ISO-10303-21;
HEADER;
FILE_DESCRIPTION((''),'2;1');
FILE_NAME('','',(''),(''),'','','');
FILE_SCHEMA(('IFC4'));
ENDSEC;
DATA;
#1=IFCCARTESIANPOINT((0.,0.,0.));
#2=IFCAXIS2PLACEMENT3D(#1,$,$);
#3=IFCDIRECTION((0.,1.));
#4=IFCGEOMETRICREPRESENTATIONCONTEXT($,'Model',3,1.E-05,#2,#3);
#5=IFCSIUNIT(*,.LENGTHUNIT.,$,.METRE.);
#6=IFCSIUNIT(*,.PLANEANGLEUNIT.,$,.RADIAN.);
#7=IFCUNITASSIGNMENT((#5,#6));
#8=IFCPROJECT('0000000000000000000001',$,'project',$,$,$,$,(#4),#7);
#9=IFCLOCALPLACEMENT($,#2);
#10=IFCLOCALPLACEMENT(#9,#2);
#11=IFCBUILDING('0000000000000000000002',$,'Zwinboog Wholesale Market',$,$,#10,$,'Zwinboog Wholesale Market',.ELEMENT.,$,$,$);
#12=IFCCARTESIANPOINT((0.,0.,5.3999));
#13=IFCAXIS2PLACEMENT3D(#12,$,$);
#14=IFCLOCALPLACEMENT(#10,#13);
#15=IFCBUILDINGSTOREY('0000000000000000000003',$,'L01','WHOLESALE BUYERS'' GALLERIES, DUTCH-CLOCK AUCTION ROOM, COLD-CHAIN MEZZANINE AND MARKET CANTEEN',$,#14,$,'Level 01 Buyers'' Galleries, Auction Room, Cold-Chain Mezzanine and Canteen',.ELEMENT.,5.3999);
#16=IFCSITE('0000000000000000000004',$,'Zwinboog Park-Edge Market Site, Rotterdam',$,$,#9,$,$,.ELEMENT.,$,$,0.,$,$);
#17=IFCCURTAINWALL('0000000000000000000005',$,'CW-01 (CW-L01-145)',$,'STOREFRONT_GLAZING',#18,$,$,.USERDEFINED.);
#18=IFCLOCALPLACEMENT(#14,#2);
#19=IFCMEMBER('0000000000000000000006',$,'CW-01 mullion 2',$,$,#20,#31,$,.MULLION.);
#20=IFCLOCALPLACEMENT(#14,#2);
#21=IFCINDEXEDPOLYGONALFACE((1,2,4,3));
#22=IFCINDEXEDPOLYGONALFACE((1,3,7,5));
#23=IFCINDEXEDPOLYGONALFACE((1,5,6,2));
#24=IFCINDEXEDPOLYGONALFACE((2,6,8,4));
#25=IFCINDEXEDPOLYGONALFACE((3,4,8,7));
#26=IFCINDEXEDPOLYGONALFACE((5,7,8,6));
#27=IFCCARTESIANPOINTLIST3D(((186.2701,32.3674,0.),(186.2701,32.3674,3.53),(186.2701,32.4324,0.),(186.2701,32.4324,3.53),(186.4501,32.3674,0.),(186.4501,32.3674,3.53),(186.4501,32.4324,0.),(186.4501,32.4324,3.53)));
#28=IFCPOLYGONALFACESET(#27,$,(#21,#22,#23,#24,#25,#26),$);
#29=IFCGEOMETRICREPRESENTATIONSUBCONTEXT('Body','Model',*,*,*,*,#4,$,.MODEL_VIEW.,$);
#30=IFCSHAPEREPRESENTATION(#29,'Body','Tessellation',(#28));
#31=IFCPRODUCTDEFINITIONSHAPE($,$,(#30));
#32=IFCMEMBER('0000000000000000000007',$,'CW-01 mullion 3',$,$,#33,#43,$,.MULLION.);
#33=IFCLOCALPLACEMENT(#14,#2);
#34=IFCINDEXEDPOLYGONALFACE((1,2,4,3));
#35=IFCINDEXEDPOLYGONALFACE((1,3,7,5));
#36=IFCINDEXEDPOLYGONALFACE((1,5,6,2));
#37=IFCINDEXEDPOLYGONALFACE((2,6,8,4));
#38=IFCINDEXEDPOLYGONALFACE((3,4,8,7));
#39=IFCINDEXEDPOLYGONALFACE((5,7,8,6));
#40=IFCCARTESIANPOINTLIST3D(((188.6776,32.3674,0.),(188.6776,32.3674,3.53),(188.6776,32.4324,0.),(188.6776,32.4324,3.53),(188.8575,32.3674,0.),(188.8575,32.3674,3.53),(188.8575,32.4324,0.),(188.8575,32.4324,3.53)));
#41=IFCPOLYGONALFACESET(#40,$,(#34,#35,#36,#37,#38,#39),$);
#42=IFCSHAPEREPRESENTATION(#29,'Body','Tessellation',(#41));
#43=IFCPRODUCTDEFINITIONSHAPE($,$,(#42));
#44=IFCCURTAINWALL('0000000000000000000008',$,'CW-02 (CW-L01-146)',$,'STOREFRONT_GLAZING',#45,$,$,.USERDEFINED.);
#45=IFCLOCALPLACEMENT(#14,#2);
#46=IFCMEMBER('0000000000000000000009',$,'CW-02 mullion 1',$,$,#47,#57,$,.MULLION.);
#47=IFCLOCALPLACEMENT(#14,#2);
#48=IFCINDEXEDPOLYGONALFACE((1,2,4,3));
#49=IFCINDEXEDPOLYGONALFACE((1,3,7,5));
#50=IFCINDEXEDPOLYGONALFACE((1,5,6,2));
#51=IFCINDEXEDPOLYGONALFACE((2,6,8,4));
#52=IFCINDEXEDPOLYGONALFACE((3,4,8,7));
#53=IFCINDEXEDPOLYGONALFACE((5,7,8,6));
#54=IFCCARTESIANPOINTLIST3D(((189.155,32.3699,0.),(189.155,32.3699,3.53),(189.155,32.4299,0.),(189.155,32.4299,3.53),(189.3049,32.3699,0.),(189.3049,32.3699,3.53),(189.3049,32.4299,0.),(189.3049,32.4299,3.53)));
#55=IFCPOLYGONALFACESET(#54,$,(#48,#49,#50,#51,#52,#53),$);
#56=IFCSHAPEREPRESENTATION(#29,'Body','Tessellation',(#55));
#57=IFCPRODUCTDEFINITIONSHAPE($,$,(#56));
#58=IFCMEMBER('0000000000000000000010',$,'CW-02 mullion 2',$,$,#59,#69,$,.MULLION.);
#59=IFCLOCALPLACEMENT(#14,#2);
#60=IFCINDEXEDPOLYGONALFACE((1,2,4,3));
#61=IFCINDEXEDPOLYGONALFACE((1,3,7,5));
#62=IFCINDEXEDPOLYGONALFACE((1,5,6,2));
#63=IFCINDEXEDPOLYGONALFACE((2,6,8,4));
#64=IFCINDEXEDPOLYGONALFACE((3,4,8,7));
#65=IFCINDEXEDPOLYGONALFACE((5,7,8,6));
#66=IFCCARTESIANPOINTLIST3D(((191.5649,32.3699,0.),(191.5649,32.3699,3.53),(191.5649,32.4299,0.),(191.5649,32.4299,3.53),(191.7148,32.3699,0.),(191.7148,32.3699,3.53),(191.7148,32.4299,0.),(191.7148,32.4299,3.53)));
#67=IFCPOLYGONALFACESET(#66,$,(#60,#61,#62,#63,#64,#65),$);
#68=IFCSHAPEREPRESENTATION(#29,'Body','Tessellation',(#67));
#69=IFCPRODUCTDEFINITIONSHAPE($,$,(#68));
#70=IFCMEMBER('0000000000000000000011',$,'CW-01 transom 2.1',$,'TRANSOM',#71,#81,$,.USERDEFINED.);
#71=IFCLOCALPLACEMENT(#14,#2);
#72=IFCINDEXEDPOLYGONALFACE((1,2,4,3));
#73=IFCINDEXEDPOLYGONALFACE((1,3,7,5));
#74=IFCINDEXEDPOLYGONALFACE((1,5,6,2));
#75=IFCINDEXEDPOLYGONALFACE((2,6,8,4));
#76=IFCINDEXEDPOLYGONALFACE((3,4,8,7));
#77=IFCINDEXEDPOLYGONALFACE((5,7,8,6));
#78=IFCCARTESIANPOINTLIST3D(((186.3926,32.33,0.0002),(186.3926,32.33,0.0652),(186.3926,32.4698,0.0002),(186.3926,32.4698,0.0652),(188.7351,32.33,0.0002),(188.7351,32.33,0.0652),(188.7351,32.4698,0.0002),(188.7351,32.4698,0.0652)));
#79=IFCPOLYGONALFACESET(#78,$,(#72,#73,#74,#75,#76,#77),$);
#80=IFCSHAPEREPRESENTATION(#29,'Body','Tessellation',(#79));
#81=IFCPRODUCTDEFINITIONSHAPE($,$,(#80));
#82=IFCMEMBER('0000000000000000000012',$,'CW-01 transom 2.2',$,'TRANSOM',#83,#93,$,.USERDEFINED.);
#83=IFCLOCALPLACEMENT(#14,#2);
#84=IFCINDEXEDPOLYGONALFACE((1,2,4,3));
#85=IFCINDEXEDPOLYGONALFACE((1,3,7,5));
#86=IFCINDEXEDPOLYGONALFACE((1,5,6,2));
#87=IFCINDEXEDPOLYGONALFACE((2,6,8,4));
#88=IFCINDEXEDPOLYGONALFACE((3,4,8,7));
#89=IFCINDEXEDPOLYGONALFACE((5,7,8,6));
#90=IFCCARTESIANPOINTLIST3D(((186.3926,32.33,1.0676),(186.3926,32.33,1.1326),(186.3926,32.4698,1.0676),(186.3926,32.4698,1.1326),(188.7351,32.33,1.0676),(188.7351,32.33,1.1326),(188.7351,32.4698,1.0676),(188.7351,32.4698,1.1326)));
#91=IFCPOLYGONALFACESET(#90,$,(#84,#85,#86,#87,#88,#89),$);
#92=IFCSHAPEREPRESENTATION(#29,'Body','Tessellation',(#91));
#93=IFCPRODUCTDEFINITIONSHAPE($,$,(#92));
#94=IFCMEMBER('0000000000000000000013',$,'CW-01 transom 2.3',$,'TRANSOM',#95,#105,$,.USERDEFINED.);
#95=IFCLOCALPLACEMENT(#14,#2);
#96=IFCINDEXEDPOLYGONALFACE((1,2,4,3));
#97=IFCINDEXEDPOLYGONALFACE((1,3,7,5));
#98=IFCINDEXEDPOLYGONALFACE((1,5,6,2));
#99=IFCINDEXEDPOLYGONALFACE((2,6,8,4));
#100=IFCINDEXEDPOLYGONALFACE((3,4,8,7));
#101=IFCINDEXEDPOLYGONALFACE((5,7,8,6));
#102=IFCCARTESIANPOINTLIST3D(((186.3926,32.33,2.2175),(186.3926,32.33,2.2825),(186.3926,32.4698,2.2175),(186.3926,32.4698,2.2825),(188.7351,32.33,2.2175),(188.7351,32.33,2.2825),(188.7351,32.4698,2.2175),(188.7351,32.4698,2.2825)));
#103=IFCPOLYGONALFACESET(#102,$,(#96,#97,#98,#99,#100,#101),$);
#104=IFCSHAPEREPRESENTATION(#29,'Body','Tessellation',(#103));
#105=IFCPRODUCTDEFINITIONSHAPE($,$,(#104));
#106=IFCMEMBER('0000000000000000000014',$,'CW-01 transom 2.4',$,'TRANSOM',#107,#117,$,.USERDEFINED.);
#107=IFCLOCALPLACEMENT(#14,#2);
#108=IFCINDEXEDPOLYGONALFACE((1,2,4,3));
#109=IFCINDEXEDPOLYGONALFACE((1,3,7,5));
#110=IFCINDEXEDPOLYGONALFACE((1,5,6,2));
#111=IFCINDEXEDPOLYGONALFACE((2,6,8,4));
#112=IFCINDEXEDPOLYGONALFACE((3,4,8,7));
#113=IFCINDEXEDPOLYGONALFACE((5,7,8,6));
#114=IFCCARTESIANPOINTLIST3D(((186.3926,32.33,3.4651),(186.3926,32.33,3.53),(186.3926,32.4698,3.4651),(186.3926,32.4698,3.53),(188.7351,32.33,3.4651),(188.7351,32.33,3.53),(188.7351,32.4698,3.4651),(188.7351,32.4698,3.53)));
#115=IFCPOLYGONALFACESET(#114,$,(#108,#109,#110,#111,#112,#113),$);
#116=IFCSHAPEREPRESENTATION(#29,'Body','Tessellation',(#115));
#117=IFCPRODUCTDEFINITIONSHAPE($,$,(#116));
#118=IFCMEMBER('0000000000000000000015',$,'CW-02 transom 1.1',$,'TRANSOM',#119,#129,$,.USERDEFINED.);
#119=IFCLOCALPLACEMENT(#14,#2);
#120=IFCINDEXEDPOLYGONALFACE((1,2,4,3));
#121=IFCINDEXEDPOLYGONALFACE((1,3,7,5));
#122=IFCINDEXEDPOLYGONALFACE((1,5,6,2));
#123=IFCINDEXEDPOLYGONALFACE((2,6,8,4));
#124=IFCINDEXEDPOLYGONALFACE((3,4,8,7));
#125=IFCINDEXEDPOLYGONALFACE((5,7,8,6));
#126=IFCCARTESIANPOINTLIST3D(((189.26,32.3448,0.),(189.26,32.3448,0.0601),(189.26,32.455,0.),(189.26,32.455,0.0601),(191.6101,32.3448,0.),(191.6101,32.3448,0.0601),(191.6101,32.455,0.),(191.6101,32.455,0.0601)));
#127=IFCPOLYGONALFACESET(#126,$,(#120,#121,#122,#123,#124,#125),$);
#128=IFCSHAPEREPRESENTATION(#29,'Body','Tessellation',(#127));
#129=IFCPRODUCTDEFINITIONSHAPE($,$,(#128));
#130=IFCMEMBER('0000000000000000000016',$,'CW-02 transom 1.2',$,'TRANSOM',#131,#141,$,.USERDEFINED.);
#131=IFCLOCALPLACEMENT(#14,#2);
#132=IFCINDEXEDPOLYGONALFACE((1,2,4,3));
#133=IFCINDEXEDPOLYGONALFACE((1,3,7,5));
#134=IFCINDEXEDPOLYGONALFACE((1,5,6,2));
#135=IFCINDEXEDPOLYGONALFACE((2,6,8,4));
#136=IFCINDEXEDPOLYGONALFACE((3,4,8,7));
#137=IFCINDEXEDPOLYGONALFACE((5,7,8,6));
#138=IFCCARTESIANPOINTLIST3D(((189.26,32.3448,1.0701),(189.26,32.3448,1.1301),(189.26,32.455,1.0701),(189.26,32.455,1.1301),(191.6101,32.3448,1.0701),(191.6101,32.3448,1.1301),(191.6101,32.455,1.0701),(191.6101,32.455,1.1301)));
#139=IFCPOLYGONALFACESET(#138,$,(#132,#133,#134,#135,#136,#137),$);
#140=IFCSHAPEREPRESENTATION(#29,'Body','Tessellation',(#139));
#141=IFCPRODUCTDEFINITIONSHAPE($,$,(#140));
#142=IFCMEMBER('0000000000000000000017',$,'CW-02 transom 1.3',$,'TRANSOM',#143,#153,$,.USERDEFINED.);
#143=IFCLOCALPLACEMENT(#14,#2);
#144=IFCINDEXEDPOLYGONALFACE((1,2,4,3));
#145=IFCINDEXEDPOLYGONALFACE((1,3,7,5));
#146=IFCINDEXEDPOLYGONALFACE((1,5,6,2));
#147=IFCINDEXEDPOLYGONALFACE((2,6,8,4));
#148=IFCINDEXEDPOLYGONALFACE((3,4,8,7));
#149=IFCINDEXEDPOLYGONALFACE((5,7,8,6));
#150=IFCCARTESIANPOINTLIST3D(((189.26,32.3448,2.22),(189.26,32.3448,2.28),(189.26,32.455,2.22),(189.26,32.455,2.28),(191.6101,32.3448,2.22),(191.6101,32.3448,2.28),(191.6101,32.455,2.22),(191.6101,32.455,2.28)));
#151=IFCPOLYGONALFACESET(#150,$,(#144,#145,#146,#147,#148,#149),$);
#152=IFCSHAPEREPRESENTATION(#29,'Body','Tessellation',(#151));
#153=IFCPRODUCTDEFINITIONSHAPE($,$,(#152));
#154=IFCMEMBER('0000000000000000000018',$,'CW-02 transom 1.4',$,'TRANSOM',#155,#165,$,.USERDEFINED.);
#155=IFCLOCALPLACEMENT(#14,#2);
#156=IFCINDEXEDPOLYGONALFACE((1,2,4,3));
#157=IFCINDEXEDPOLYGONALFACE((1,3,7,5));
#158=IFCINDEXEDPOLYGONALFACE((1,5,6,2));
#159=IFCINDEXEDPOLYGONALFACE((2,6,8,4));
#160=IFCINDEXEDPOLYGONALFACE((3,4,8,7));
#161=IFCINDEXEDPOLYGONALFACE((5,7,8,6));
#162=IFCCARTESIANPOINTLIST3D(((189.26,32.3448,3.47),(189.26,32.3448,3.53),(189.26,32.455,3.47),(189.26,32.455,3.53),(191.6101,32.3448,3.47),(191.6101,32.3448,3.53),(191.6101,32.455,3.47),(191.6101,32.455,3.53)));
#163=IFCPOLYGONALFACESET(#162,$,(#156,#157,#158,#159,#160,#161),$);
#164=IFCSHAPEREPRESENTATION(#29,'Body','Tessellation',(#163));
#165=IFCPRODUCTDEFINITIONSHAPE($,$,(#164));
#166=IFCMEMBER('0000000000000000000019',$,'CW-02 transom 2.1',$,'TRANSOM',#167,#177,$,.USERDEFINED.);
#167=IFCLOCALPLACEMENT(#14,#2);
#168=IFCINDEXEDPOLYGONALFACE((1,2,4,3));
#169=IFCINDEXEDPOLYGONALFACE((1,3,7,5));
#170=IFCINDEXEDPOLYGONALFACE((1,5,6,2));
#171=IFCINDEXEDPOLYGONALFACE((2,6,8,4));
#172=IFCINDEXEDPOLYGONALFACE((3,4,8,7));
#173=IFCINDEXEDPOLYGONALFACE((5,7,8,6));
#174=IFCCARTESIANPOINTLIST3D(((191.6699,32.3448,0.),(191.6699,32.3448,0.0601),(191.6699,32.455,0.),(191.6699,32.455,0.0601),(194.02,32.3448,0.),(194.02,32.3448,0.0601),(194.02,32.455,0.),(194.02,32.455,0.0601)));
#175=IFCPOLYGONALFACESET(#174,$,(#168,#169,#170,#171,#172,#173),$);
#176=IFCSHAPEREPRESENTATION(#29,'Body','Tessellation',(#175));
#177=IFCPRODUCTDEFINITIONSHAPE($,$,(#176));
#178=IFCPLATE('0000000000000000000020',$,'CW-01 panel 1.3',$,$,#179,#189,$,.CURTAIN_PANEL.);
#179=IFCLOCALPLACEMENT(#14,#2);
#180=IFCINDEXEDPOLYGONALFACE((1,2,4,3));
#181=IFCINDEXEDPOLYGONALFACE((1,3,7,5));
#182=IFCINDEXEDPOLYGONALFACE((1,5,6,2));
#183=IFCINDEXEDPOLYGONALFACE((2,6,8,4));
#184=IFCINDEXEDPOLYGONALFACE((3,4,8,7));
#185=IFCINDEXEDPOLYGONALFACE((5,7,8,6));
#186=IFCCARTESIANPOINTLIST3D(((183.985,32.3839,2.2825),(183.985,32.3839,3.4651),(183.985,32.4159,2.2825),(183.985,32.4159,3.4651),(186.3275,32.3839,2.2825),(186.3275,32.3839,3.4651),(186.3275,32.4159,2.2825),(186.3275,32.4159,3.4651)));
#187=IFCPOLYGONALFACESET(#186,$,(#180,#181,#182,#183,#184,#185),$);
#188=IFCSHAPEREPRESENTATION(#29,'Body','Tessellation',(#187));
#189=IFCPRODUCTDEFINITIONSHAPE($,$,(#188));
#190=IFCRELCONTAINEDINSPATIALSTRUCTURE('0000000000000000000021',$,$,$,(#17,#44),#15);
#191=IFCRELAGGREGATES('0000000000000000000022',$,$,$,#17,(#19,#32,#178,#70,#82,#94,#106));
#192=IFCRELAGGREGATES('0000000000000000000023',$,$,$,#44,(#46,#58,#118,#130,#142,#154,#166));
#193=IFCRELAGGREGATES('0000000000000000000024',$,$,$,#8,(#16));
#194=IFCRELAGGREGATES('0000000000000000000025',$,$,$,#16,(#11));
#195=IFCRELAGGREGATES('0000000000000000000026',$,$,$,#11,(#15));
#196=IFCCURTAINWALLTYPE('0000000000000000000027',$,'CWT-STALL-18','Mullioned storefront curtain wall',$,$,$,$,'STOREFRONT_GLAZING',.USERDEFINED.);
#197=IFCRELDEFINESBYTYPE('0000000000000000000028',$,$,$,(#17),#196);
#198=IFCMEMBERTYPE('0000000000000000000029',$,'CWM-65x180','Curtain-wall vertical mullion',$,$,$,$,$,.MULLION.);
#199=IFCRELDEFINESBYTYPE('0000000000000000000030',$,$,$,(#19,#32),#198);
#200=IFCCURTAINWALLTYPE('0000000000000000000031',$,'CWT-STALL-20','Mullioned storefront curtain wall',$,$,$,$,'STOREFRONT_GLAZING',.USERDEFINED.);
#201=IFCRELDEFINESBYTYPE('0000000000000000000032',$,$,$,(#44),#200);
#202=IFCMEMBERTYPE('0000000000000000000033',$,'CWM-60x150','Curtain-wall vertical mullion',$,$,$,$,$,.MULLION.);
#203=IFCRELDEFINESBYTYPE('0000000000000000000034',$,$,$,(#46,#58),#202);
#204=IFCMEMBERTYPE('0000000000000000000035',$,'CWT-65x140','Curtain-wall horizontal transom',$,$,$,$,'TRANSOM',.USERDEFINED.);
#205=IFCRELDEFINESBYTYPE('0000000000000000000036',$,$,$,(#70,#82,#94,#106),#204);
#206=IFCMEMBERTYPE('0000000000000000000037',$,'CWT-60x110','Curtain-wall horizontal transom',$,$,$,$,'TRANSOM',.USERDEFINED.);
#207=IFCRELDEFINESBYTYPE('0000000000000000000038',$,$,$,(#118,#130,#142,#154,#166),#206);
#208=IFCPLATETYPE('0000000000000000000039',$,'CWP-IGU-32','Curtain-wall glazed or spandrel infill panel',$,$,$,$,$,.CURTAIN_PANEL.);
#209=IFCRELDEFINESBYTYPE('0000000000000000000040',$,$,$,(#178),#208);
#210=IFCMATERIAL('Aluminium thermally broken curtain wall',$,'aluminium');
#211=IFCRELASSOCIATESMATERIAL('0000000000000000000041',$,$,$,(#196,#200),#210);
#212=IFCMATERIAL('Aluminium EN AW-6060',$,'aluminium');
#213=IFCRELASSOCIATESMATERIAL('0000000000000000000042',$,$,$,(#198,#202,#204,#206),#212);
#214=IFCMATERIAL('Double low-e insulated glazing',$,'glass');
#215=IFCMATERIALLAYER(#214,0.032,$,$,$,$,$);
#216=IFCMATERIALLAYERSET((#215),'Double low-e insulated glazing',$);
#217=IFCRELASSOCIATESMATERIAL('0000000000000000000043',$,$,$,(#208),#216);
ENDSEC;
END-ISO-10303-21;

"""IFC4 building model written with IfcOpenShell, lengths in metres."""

from ifc_helpers import new_model, si_unit, direction, frame, origin, origin_2d, place, context, subcontext, project, spatial, rectangle, extrude, material, layer, layer_set, material_profile, profile_set, type_object, element, aggregate, save


model = new_model("IFC4")

# Units and contexts
model_context = context("Model", 3, precision=1e-05, world=origin(), true_north=direction((0.0, 1.0)))
body_context = subcontext(model_context, "Body", "Model", "MODEL_VIEW")
ifc_project = project(units=[si_unit("LENGTHUNIT", "METRE"), si_unit("PLANEANGLEUNIT", "RADIAN")], contexts=[model_context])

# Site, building, storey
site_placement = place(None, origin())
site = spatial("IfcSite", under=ifc_project, at=site_placement, Name="Zwinboog Park-Edge Market Site, Rotterdam", CompositionType="ELEMENT", RefElevation=0.0)
building_placement = place(site_placement, origin())
building = spatial("IfcBuilding", under=site, at=building_placement, Name="Zwinboog Wholesale Market", LongName="Zwinboog Wholesale Market", CompositionType="ELEMENT")
storey_placement = place(building_placement, frame((0.0, 0.0, 5.3999)))
storey = spatial("IfcBuildingStorey", under=building, at=storey_placement, Name="L01", Description="WHOLESALE BUYERS' GALLERIES, DUTCH-CLOCK AUCTION ROOM, COLD-CHAIN MEZZANINE AND MARKET CANTEEN", LongName="Level 01 Buyers' Galleries, Auction Room, Cold-Chain Mezzanine and Canteen", CompositionType="ELEMENT", Elevation=5.3999)

# Curtain walls, members
ifc_material_1 = material(Name="Aluminium thermally broken curtain wall", Category="aluminium")
curtain_wall_type_1 = type_object("IfcCurtainWallType", Name="CWT-STALL-18", Description="Mullioned storefront curtain wall", ElementType="STOREFRONT_GLAZING", PredefinedType="USERDEFINED", material=ifc_material_1)
curtain_wall_1_placement = place(storey_placement, origin())
curtain_wall_1 = element("IfcCurtainWall", 1, at=curtain_wall_1_placement, inside=storey, type_object=curtain_wall_type_1, Name="CW-01 (CW-L01-145)", ObjectType="STOREFRONT_GLAZING", PredefinedType="USERDEFINED")
ifc_material_2 = material(Name="Aluminium EN AW-6060", Category="aluminium")
ifc_material_profile_1 = material_profile(ifc_material_2, rectangle(XDim=0.0649, YDim=0.1799, at=origin_2d()), Name="AL 65x180")
ifc_profile_set_1 = profile_set([ifc_material_profile_1], Name="Aluminium EN AW-6060")
member_type_1 = type_object("IfcMemberType", Name="CWM-65x180", Description="Curtain-wall vertical mullion", PredefinedType="MULLION", material=ifc_profile_set_1)
member_1_placement = place(storey_placement, frame((186.3601, 32.3999, 0.0), z_axis=(0.0, 0.0, 1.0), x_axis=(0.0, 1.0, 0.0)))
member_1 = element("IfcMember", 2, at=member_1_placement, type_object=member_type_1, Name="CW-01 mullion 2", PredefinedType="MULLION", context=body_context, shape_type="SweptSolid", body=[
    extrude(rectangle(XDim=0.0649, YDim=0.1799, at=origin_2d()), origin(), (0.0, 0.0, 1.0), 3.53),
])
member_2_placement = place(storey_placement, frame((188.7676, 32.3999, 0.0), z_axis=(0.0, 0.0, 1.0), x_axis=(0.0, 1.0, 0.0)))
member_2 = element("IfcMember", 3, at=member_2_placement, type_object=member_type_1, Name="CW-01 mullion 3", PredefinedType="MULLION", context=body_context, shape_type="SweptSolid", body=[
    extrude(rectangle(XDim=0.0649, YDim=0.1799, at=origin_2d()), origin(), (0.0, 0.0, 1.0), 3.53),
])
curtain_wall_type_2 = type_object("IfcCurtainWallType", Name="CWT-STALL-20", Description="Mullioned storefront curtain wall", ElementType="STOREFRONT_GLAZING", PredefinedType="USERDEFINED", material=ifc_material_1)
curtain_wall_2_placement = place(storey_placement, origin())
curtain_wall_2 = element("IfcCurtainWall", 4, at=curtain_wall_2_placement, inside=storey, type_object=curtain_wall_type_2, Name="CW-02 (CW-L01-146)", ObjectType="STOREFRONT_GLAZING", PredefinedType="USERDEFINED")
ifc_material_profile_2 = material_profile(ifc_material_2, rectangle(XDim=0.0601, YDim=0.1499, at=origin_2d()), Name="AL 60x150")
ifc_profile_set_2 = profile_set([ifc_material_profile_2], Name="Aluminium EN AW-6060")
member_type_2 = type_object("IfcMemberType", Name="CWM-60x150", Description="Curtain-wall vertical mullion", PredefinedType="MULLION", material=ifc_profile_set_2)
member_3_placement = place(storey_placement, frame((189.23, 32.3999, 0.0), z_axis=(0.0, 0.0, 1.0), x_axis=(0.0, 1.0, 0.0)))
member_3 = element("IfcMember", 5, at=member_3_placement, type_object=member_type_2, Name="CW-02 mullion 1", PredefinedType="MULLION", context=body_context, shape_type="SweptSolid", body=[
    extrude(rectangle(XDim=0.0601, YDim=0.1499, at=origin_2d()), origin(), (0.0, 0.0, 1.0), 3.53),
])
member_4_placement = place(storey_placement, frame((191.6399, 32.3999, 0.0), z_axis=(0.0, 0.0, 1.0), x_axis=(0.0, 1.0, 0.0)))
member_4 = element("IfcMember", 6, at=member_4_placement, type_object=member_type_2, Name="CW-02 mullion 2", PredefinedType="MULLION", context=body_context, shape_type="SweptSolid", body=[
    extrude(rectangle(XDim=0.0601, YDim=0.1499, at=origin_2d()), origin(), (0.0, 0.0, 1.0), 3.53),
])

# Members
ifc_material_profile_3 = material_profile(ifc_material_2, rectangle(XDim=0.1399, YDim=0.0649, at=origin_2d()), Name="AL 65x140")
ifc_profile_set_3 = profile_set([ifc_material_profile_3], Name="Aluminium EN AW-6060")
member_type_3 = type_object("IfcMemberType", Name="CWT-65x140", Description="Curtain-wall horizontal transom", ElementType="TRANSOM", PredefinedType="USERDEFINED", material=ifc_profile_set_3)
member_5_placement = place(storey_placement, frame((186.3926, 32.3999, 0.0327), z_axis=(1.0, 0.0, 0.0), x_axis=(0.0, 1.0, 0.0)))
member_5 = element("IfcMember", 7, at=member_5_placement, type_object=member_type_3, Name="CW-01 transom 2.1", ObjectType="TRANSOM", PredefinedType="USERDEFINED", context=body_context, shape_type="SweptSolid", body=[
    extrude(rectangle(XDim=0.1399, YDim=0.0649, at=origin_2d()), origin(), (0.0, 0.0, 1.0), 2.3425),
])
member_6_placement = place(storey_placement, frame((186.3926, 32.3999, 1.1001), z_axis=(1.0, 0.0, 0.0), x_axis=(0.0, 1.0, 0.0)))
member_6 = element("IfcMember", 8, at=member_6_placement, type_object=member_type_3, Name="CW-01 transom 2.2", ObjectType="TRANSOM", PredefinedType="USERDEFINED", context=body_context, shape_type="SweptSolid", body=[
    extrude(rectangle(XDim=0.1399, YDim=0.0649, at=origin_2d()), origin(), (0.0, 0.0, 1.0), 2.3425),
])
member_7_placement = place(storey_placement, frame((186.3926, 32.3999, 2.25), z_axis=(1.0, 0.0, 0.0), x_axis=(0.0, 1.0, 0.0)))
member_7 = element("IfcMember", 9, at=member_7_placement, type_object=member_type_3, Name="CW-01 transom 2.3", ObjectType="TRANSOM", PredefinedType="USERDEFINED", context=body_context, shape_type="SweptSolid", body=[
    extrude(rectangle(XDim=0.1399, YDim=0.0649, at=origin_2d()), origin(), (0.0, 0.0, 1.0), 2.3425),
])
member_8_placement = place(storey_placement, frame((186.3926, 32.3999, 3.4976), z_axis=(1.0, 0.0, 0.0), x_axis=(0.0, 1.0, 0.0)))
member_8 = element("IfcMember", 10, at=member_8_placement, type_object=member_type_3, Name="CW-01 transom 2.4", ObjectType="TRANSOM", PredefinedType="USERDEFINED", context=body_context, shape_type="SweptSolid", body=[
    extrude(rectangle(XDim=0.1399, YDim=0.0649, at=origin_2d()), origin(), (0.0, 0.0, 1.0), 2.3425),
])
ifc_material_profile_4 = material_profile(ifc_material_2, rectangle(XDim=0.1101, YDim=0.0601, at=origin_2d()), Name="AL 60x110")
ifc_profile_set_4 = profile_set([ifc_material_profile_4], Name="Aluminium EN AW-6060")
member_type_4 = type_object("IfcMemberType", Name="CWT-60x110", Description="Curtain-wall horizontal transom", ElementType="TRANSOM", PredefinedType="USERDEFINED", material=ifc_profile_set_4)
member_9_placement = place(storey_placement, frame((189.26, 32.3999, 0.03), z_axis=(1.0, 0.0, 0.0), x_axis=(0.0, 1.0, 0.0)))
member_9 = element("IfcMember", 11, at=member_9_placement, type_object=member_type_4, Name="CW-02 transom 1.1", ObjectType="TRANSOM", PredefinedType="USERDEFINED", context=body_context, shape_type="SweptSolid", body=[
    extrude(rectangle(XDim=0.1101, YDim=0.0601, at=origin_2d()), origin(), (0.0, 0.0, 1.0), 2.3501),
])
member_10_placement = place(storey_placement, frame((189.26, 32.3999, 1.1001), z_axis=(1.0, 0.0, 0.0), x_axis=(0.0, 1.0, 0.0)))
member_10 = element("IfcMember", 12, at=member_10_placement, type_object=member_type_4, Name="CW-02 transom 1.2", ObjectType="TRANSOM", PredefinedType="USERDEFINED", context=body_context, shape_type="SweptSolid", body=[
    extrude(rectangle(XDim=0.1101, YDim=0.0601, at=origin_2d()), origin(), (0.0, 0.0, 1.0), 2.3501),
])
member_11_placement = place(storey_placement, frame((189.26, 32.3999, 2.25), z_axis=(1.0, 0.0, 0.0), x_axis=(0.0, 1.0, 0.0)))
member_11 = element("IfcMember", 13, at=member_11_placement, type_object=member_type_4, Name="CW-02 transom 1.3", ObjectType="TRANSOM", PredefinedType="USERDEFINED", context=body_context, shape_type="SweptSolid", body=[
    extrude(rectangle(XDim=0.1101, YDim=0.0601, at=origin_2d()), origin(), (0.0, 0.0, 1.0), 2.3501),
])
member_12_placement = place(storey_placement, frame((189.26, 32.3999, 3.5), z_axis=(1.0, 0.0, 0.0), x_axis=(0.0, 1.0, 0.0)))
member_12 = element("IfcMember", 14, at=member_12_placement, type_object=member_type_4, Name="CW-02 transom 1.4", ObjectType="TRANSOM", PredefinedType="USERDEFINED", context=body_context, shape_type="SweptSolid", body=[
    extrude(rectangle(XDim=0.1101, YDim=0.0601, at=origin_2d()), origin(), (0.0, 0.0, 1.0), 2.3501),
])
member_13_placement = place(storey_placement, frame((191.6699, 32.3999, 0.03), z_axis=(1.0, 0.0, 0.0), x_axis=(0.0, 1.0, 0.0)))
member_13 = element("IfcMember", 15, at=member_13_placement, type_object=member_type_4, Name="CW-02 transom 2.1", ObjectType="TRANSOM", PredefinedType="USERDEFINED", context=body_context, shape_type="SweptSolid", body=[
    extrude(rectangle(XDim=0.1101, YDim=0.0601, at=origin_2d()), origin(), (0.0, 0.0, 1.0), 2.3501),
])

# Plate
ifc_material_3 = material(Name="Double low-e insulated glazing", Category="glass")
ifc_layer_1 = layer(ifc_material_3, 0.032)
ifc_layer_set_1 = layer_set([ifc_layer_1], Name="Double low-e insulated glazing")
plate_type = type_object("IfcPlateType", Name="CWP-IGU-32", Description="Curtain-wall glazed or spandrel infill panel", PredefinedType="CURTAIN_PANEL", material=ifc_layer_set_1)
plate_1_placement = place(storey_placement, frame((185.1562, 32.3999, 2.2825), z_axis=(0.0, 0.0, 1.0), x_axis=(1.0, 0.0, 0.0)))
plate_1 = element("IfcPlate", 16, at=plate_1_placement, type_object=plate_type, Name="CW-01 panel 1.3", PredefinedType="CURTAIN_PANEL", context=body_context, shape_type="SweptSolid", body=[
    extrude(rectangle(XDim=2.3425, YDim=0.032, at=origin_2d()), origin(), (0.0, 0.0, 1.0), 1.1826),
])
aggregate(curtain_wall_1, [member_1, member_2, plate_1, member_5, member_6, member_7, member_8])
aggregate(curtain_wall_2, [member_3, member_4, member_9, member_10, member_11, member_12, member_13])

save(model, "model.ifc")
